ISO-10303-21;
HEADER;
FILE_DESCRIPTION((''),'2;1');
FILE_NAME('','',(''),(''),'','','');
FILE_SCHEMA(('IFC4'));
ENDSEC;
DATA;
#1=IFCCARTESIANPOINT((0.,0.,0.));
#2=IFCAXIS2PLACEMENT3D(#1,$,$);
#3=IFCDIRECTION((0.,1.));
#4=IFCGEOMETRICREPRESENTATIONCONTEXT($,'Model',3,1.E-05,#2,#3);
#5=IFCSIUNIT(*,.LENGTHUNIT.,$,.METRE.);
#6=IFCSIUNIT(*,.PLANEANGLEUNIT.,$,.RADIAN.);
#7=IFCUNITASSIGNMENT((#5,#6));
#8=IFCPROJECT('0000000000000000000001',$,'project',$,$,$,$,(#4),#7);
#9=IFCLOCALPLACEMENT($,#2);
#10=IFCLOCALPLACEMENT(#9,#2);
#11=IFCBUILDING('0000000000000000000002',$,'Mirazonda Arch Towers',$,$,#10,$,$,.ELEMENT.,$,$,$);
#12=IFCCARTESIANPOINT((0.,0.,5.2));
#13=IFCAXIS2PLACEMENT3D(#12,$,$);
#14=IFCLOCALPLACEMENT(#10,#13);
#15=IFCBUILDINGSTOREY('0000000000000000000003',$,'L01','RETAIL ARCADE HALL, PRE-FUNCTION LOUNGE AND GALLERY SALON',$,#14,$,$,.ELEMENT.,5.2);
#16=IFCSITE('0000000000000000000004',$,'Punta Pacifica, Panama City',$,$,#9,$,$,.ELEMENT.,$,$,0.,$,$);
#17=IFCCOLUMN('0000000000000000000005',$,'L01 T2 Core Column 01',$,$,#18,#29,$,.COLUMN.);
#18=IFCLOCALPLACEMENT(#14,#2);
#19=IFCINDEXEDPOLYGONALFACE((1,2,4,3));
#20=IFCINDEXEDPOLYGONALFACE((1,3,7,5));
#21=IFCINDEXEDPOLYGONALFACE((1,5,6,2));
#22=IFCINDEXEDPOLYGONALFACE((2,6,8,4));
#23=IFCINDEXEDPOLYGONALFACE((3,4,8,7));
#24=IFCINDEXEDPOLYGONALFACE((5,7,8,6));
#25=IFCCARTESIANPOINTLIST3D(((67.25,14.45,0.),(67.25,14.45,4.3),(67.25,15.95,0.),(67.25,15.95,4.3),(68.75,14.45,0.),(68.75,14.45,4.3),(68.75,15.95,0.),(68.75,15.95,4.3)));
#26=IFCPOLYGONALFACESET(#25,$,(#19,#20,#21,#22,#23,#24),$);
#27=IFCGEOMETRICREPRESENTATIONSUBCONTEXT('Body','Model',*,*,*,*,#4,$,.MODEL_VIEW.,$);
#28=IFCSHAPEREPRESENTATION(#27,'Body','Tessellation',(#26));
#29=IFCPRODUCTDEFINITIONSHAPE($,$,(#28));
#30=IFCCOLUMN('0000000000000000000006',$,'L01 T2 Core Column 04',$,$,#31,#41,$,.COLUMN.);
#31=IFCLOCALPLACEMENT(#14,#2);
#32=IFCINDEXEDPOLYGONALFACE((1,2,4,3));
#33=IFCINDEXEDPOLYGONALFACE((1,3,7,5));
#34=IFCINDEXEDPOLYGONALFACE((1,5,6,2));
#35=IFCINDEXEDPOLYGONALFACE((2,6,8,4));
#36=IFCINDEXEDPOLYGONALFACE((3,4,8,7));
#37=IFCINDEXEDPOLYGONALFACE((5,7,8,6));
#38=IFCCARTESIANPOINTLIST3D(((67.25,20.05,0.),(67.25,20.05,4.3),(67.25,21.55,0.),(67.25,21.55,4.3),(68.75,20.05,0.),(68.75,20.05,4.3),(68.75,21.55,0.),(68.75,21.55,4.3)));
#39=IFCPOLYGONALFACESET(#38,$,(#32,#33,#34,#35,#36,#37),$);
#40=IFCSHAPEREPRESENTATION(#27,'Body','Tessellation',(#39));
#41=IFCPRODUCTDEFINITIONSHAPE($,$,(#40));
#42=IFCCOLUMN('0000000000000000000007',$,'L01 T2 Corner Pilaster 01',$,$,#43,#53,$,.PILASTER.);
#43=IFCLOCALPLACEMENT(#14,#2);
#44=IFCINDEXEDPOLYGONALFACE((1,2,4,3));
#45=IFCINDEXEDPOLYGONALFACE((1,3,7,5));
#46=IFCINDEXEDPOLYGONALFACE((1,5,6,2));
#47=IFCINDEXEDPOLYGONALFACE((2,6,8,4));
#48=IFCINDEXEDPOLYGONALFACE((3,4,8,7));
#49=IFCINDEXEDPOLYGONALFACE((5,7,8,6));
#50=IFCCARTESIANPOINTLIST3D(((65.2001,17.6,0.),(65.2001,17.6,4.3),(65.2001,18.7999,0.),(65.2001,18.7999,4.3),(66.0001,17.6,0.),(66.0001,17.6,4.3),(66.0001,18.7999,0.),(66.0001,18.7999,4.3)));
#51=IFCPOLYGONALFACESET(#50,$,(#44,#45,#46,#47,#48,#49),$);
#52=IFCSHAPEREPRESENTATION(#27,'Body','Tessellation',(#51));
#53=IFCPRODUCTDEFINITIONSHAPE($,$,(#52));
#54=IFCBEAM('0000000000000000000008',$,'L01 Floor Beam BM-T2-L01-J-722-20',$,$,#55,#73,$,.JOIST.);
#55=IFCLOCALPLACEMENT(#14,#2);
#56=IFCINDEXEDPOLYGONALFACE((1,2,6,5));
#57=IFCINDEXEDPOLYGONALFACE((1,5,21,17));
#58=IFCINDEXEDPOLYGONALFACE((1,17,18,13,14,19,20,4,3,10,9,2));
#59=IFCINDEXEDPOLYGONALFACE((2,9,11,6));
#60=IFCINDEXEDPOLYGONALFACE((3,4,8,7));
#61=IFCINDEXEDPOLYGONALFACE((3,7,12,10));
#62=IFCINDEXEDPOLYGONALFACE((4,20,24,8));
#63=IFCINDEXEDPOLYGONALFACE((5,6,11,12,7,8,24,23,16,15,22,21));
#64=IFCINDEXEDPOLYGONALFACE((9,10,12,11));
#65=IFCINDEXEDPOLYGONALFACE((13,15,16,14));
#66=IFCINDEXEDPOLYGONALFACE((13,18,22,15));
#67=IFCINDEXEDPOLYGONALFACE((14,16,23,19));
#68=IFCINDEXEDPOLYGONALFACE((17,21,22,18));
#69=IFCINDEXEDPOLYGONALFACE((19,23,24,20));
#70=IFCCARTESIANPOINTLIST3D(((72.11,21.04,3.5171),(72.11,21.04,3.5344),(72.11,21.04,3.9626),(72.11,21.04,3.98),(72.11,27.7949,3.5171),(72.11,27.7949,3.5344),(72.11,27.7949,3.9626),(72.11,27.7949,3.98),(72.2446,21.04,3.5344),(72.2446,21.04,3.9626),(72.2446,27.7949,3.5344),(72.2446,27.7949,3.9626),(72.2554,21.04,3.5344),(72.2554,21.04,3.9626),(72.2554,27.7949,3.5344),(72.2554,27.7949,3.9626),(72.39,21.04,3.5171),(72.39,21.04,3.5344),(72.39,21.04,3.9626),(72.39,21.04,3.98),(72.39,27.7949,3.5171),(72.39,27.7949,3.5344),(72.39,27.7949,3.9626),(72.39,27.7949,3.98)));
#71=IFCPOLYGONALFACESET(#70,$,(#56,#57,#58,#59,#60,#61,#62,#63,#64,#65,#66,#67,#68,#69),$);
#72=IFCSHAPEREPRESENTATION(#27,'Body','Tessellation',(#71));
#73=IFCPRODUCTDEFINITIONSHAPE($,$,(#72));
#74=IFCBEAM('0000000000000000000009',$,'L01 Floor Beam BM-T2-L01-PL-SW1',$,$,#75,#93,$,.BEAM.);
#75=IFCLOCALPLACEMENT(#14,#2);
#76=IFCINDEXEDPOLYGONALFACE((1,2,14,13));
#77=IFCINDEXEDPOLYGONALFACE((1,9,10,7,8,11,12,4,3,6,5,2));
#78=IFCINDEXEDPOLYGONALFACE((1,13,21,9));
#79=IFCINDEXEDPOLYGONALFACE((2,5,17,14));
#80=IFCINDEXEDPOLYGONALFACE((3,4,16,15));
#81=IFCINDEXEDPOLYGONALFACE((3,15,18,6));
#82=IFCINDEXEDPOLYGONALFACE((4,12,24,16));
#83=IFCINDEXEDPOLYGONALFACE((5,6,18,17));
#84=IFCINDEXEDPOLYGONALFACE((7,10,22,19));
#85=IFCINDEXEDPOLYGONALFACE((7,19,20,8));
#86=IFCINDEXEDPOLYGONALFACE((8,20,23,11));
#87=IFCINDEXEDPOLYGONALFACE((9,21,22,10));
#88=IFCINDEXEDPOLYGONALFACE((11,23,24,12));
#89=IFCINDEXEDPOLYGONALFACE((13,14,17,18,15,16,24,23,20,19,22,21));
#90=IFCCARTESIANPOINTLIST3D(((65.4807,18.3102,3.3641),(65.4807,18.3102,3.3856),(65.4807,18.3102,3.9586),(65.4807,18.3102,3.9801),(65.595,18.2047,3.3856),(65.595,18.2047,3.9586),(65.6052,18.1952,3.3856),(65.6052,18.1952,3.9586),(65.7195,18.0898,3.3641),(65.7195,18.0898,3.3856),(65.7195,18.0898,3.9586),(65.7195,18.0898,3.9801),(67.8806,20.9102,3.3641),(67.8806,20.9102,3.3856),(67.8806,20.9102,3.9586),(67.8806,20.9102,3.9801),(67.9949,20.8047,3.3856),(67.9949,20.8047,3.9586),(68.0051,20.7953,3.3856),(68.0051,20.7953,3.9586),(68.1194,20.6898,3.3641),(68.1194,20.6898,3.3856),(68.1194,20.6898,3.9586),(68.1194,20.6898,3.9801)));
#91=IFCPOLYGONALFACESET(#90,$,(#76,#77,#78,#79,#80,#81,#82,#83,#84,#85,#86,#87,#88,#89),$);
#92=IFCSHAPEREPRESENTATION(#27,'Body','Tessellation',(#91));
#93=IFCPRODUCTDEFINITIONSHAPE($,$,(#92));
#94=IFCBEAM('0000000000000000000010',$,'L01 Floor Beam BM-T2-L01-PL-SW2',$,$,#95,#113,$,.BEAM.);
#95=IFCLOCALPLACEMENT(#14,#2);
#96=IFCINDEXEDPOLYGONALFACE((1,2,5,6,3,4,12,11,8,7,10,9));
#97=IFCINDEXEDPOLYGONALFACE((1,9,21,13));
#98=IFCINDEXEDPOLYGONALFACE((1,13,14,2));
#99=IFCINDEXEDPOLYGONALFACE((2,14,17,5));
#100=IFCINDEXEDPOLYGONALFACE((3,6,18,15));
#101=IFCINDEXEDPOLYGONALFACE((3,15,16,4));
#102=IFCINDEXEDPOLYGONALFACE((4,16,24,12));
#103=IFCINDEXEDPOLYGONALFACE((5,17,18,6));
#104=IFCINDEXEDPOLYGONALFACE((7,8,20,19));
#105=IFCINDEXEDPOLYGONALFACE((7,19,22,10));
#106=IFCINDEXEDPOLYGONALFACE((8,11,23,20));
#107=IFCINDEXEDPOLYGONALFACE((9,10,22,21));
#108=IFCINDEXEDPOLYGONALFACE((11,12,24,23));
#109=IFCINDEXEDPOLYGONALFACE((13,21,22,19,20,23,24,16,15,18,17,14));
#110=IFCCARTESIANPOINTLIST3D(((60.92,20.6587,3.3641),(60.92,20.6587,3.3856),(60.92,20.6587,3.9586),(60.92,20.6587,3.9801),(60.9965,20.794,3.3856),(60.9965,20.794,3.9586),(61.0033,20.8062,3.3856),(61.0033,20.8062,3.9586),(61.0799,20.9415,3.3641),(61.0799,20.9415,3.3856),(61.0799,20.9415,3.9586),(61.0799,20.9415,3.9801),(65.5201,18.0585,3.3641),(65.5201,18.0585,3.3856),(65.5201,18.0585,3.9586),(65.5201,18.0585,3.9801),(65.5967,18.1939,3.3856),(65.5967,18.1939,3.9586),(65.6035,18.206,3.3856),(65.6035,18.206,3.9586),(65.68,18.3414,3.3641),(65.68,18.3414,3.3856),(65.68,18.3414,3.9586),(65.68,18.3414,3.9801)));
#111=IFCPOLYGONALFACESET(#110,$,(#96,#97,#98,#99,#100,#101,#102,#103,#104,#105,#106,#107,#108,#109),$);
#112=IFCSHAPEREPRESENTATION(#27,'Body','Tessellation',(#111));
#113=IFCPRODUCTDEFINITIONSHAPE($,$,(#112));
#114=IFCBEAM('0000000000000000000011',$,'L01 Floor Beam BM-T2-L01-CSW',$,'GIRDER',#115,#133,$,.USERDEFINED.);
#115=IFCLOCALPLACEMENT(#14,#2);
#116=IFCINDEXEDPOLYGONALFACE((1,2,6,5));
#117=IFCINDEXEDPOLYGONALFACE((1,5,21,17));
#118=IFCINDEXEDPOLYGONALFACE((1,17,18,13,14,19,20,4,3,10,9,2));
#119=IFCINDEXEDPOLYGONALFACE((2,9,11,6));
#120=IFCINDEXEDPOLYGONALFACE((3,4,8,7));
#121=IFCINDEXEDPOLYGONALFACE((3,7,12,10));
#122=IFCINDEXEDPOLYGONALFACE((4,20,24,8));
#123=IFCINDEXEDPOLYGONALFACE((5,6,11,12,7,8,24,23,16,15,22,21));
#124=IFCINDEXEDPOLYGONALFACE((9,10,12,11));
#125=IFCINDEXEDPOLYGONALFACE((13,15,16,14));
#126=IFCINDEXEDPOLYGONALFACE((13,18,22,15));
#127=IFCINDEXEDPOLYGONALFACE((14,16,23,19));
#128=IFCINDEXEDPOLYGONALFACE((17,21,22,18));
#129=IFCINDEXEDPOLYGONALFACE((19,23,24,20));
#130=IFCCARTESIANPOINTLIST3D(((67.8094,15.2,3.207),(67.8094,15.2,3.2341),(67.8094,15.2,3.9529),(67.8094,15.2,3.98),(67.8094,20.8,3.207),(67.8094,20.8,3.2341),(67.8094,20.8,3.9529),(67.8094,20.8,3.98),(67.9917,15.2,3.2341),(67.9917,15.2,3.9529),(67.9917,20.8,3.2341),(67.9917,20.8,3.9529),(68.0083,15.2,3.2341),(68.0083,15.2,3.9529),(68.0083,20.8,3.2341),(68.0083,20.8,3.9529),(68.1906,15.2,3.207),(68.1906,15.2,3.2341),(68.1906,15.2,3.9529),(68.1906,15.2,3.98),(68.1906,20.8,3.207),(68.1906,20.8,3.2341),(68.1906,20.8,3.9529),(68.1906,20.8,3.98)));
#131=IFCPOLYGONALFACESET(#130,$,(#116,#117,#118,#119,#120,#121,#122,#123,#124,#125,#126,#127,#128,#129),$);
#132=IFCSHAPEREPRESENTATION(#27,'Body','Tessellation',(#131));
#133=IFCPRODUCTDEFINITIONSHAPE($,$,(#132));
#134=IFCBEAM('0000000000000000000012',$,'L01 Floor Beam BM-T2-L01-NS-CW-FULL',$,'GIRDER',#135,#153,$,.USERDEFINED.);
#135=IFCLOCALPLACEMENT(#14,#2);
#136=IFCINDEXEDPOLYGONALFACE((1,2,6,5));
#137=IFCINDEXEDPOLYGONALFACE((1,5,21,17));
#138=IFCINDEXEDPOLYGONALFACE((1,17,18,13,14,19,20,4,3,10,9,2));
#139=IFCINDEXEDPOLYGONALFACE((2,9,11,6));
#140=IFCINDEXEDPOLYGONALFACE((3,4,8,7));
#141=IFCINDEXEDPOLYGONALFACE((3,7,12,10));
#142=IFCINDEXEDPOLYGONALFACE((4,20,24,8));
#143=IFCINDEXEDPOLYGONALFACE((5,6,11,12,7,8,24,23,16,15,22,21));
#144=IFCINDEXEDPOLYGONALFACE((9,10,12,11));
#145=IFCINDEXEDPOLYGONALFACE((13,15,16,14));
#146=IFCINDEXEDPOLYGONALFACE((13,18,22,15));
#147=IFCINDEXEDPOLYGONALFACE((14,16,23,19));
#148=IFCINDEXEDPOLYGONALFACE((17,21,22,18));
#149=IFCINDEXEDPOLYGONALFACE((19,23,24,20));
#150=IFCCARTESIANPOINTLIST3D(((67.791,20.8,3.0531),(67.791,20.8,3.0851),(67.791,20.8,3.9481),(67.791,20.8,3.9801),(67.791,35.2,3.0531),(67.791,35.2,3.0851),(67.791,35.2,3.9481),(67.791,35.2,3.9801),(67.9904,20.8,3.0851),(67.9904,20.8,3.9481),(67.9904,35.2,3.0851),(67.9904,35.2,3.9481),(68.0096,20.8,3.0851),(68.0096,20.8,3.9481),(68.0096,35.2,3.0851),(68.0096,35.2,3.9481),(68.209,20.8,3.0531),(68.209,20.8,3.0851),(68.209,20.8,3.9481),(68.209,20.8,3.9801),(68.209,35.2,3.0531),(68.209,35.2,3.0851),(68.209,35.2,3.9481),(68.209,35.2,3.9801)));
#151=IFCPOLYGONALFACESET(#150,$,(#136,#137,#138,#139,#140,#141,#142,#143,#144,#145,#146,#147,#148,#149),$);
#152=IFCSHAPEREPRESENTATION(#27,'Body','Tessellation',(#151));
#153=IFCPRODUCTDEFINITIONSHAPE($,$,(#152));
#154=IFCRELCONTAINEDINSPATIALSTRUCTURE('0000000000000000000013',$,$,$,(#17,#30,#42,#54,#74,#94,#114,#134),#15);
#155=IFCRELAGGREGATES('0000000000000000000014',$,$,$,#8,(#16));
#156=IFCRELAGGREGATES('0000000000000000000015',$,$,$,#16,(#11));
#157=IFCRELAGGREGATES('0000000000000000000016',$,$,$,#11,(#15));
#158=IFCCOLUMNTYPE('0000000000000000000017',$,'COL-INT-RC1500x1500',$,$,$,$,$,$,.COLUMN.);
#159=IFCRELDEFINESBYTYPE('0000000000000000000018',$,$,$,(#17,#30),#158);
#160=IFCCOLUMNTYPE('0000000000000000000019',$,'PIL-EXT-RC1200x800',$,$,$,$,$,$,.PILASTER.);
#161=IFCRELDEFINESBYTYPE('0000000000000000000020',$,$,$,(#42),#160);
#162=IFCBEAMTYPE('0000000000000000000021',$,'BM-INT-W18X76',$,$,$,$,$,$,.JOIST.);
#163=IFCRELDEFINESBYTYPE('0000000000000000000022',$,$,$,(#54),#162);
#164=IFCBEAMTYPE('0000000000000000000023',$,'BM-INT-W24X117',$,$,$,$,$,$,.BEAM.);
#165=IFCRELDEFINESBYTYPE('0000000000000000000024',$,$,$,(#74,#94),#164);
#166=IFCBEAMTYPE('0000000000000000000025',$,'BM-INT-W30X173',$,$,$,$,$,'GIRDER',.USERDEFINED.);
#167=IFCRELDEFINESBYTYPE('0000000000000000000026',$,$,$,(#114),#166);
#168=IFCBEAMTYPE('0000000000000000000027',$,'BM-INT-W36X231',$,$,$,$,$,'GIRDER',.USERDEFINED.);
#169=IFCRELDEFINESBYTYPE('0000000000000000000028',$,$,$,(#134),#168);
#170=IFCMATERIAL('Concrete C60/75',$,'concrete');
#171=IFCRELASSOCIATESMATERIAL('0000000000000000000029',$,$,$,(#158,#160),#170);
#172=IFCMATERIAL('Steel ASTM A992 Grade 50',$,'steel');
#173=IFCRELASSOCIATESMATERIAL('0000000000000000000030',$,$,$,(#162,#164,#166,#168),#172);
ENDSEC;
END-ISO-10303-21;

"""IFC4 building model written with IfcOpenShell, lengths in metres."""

from ifc_helpers import new_model, si_unit, direction, frame, origin, origin_2d, place, context, subcontext, project, spatial, rectangle, i_section, extrude, material, material_profile, profile_set, type_object, element, save


model = new_model("IFC4")

# Units and contexts
model_context = context("Model", 3, precision=1e-05, world=origin(), true_north=direction((0.0, 1.0)))
body_context = subcontext(model_context, "Body", "Model", "MODEL_VIEW")
ifc_project = project(units=[si_unit("LENGTHUNIT", "METRE"), si_unit("PLANEANGLEUNIT", "RADIAN")], contexts=[model_context])

# Site, building, storey
site_placement = place(None, origin())
site = spatial("IfcSite", under=ifc_project, at=site_placement, Name="Punta Pacifica, Panama City", CompositionType="ELEMENT", RefElevation=0.0)
building_placement = place(site_placement, origin())
building = spatial("IfcBuilding", under=site, at=building_placement, Name="Mirazonda Arch Towers", CompositionType="ELEMENT")
storey_placement = place(building_placement, frame((0.0, 0.0, 5.2)))
storey = spatial("IfcBuildingStorey", under=building, at=storey_placement, Name="L01", Description="RETAIL ARCADE HALL, PRE-FUNCTION LOUNGE AND GALLERY SALON", CompositionType="ELEMENT", Elevation=5.2)

# Columns
ifc_material_1 = material(Name="Concrete C60/75", Category="concrete")
ifc_material_profile_1 = material_profile(ifc_material_1, rectangle(XDim=1.5, YDim=1.5, at=origin_2d()), Name="RC1500x1500")
ifc_profile_set_1 = profile_set([ifc_material_profile_1], Name="Concrete C60/75")
column_type_1 = type_object("IfcColumnType", Name="COL-INT-RC1500x1500", PredefinedType="COLUMN", material=ifc_profile_set_1)
for number, where, z_axis, x_axis, name in (
    (1, (68.0, 15.2, 0.0), (0.0, 0.0, 1.0), (1.0, 0.0, 0.0), "L01 T2 Core Column 01"),
    (2, (68.0, 20.8, 0.0), (0.0, 0.0, 1.0), (1.0, 0.0, 0.0), "L01 T2 Core Column 04"),
):
    element("IfcColumn", number, at=place(storey_placement, frame(where, z_axis=z_axis, x_axis=x_axis)), inside=storey, type_object=column_type_1, Name=name, PredefinedType="COLUMN", context=body_context, shape_type="SweptSolid", body=[
        extrude(rectangle(XDim=1.5, YDim=1.5, at=origin_2d()), origin(), (0.0, 0.0, 1.0), 4.3),
    ])
ifc_material_profile_2 = material_profile(ifc_material_1, rectangle(XDim=0.8, YDim=1.2, at=origin_2d()), Name="RC1200x800")
ifc_profile_set_2 = profile_set([ifc_material_profile_2], Name="Concrete C60/75")
column_type_2 = type_object("IfcColumnType", Name="PIL-EXT-RC1200x800", PredefinedType="PILASTER", material=ifc_profile_set_2)
column_placement = place(storey_placement, frame((65.6001, 18.2, 0.0), z_axis=(0.0, 0.0, 1.0), x_axis=(1.0, 0.0, 0.0)))
element("IfcColumn", 3, at=column_placement, inside=storey, type_object=column_type_2, Name="L01 T2 Corner Pilaster 01", PredefinedType="PILASTER", context=body_context, shape_type="SweptSolid", body=[
    extrude(rectangle(XDim=0.8, YDim=1.2, at=origin_2d()), origin(), (0.0, 0.0, 1.0), 4.3),
])

# Beams
ifc_material_2 = material(Name="Steel ASTM A992 Grade 50", Category="steel")
ifc_material_profile_3 = material_profile(ifc_material_2, i_section(OverallWidth=0.28, OverallDepth=0.4629, WebThickness=0.0107, FlangeThickness=0.0173, at=origin_2d()), Name="W18X76")
ifc_profile_set_3 = profile_set([ifc_material_profile_3], Name="Steel ASTM A992 Grade 50")
beam_type_1 = type_object("IfcBeamType", Name="BM-INT-W18X76", PredefinedType="JOIST", material=ifc_profile_set_3)
beam_1_placement = place(storey_placement, frame((72.25, 21.04, 3.7485), z_axis=(0.0, 1.0, 0.0), x_axis=(-1.0, 0.0, 0.0)))
element("IfcBeam", 4, at=beam_1_placement, inside=storey, type_object=beam_type_1, Name="L01 Floor Beam BM-T2-L01-J-722-20", PredefinedType="JOIST", context=body_context, shape_type="SweptSolid", body=[
    extrude(i_section(OverallWidth=0.28, OverallDepth=0.4629, WebThickness=0.0107, FlangeThickness=0.0173, at=origin_2d()), origin(), (0.0, 0.0, 1.0), 6.7549),
])
ifc_material_profile_4 = material_profile(ifc_material_2, i_section(OverallWidth=0.325, OverallDepth=0.616, WebThickness=0.0139, FlangeThickness=0.0215, at=origin_2d()), Name="W24X117")
ifc_profile_set_4 = profile_set([ifc_material_profile_4], Name="Steel ASTM A992 Grade 50")
beam_type_2 = type_object("IfcBeamType", Name="BM-INT-W24X117", PredefinedType="BEAM", material=ifc_profile_set_4)
beam_2_placement = place(storey_placement, frame((65.6001, 18.2, 3.6721), z_axis=(0.678251, 0.73483, 0.0), x_axis=(-0.73483, 0.678251, 0.0)))
element("IfcBeam", 5, at=beam_2_placement, inside=storey, type_object=beam_type_2, Name="L01 Floor Beam BM-T2-L01-PL-SW1", PredefinedType="BEAM", context=body_context, shape_type="SweptSolid", body=[
    extrude(i_section(OverallWidth=0.325, OverallDepth=0.616, WebThickness=0.0139, FlangeThickness=0.0215, at=origin_2d()), origin(), (0.0, 0.0, 1.0), 3.5383),
])
beam_3_placement = place(storey_placement, frame((65.6001, 18.2, 3.6721), z_axis=(-0.870559, 0.492063, 0.0), x_axis=(-0.492063, -0.870559, 0.0)))
element("IfcBeam", 6, at=beam_3_placement, inside=storey, type_object=beam_type_2, Name="L01 Floor Beam BM-T2-L01-PL-SW2", PredefinedType="BEAM", context=body_context, shape_type="SweptSolid", body=[
    extrude(i_section(OverallWidth=0.325, OverallDepth=0.616, WebThickness=0.0139, FlangeThickness=0.0215, at=origin_2d()), origin(), (0.0, 0.0, 1.0), 5.2842),
])
ifc_material_profile_5 = material_profile(ifc_material_2, i_section(OverallWidth=0.3811, OverallDepth=0.7729, WebThickness=0.0166, FlangeThickness=0.0271, at=origin_2d()), Name="W30X173")
ifc_profile_set_5 = profile_set([ifc_material_profile_5], Name="Steel ASTM A992 Grade 50")
beam_type_3 = type_object("IfcBeamType", Name="BM-INT-W30X173", ElementType="GIRDER", PredefinedType="USERDEFINED", material=ifc_profile_set_5)
beam_4_placement = place(storey_placement, frame((68.0, 15.2, 3.5935), z_axis=(0.0, 1.0, 0.0), x_axis=(-1.0, 0.0, 0.0)))
element("IfcBeam", 7, at=beam_4_placement, inside=storey, type_object=beam_type_3, Name="L01 Floor Beam BM-T2-L01-CSW", ObjectType="GIRDER", PredefinedType="USERDEFINED", context=body_context, shape_type="SweptSolid", body=[
    extrude(i_section(OverallWidth=0.3811, OverallDepth=0.7729, WebThickness=0.0166, FlangeThickness=0.0271, at=origin_2d()), origin(), (0.0, 0.0, 1.0), 5.6001),
])
ifc_material_profile_6 = material_profile(ifc_material_2, i_section(OverallWidth=0.418, OverallDepth=0.927, WebThickness=0.0193, FlangeThickness=0.032, at=origin_2d()), Name="W36X231")
ifc_profile_set_6 = profile_set([ifc_material_profile_6], Name="Steel ASTM A992 Grade 50")
beam_type_4 = type_object("IfcBeamType", Name="BM-INT-W36X231", ElementType="GIRDER", PredefinedType="USERDEFINED", material=ifc_profile_set_6)
beam_5_placement = place(storey_placement, frame((68.0, 20.8, 3.5166), z_axis=(0.0, 1.0, 0.0), x_axis=(-1.0, 0.0, 0.0)))
element("IfcBeam", 8, at=beam_5_placement, inside=storey, type_object=beam_type_4, Name="L01 Floor Beam BM-T2-L01-NS-CW-FULL", ObjectType="GIRDER", PredefinedType="USERDEFINED", context=body_context, shape_type="SweptSolid", body=[
    extrude(i_section(OverallWidth=0.418, OverallDepth=0.927, WebThickness=0.0193, FlangeThickness=0.032, at=origin_2d()), origin(), (0.0, 0.0, 1.0), 14.3999),
])

save(model, "model.ifc")
